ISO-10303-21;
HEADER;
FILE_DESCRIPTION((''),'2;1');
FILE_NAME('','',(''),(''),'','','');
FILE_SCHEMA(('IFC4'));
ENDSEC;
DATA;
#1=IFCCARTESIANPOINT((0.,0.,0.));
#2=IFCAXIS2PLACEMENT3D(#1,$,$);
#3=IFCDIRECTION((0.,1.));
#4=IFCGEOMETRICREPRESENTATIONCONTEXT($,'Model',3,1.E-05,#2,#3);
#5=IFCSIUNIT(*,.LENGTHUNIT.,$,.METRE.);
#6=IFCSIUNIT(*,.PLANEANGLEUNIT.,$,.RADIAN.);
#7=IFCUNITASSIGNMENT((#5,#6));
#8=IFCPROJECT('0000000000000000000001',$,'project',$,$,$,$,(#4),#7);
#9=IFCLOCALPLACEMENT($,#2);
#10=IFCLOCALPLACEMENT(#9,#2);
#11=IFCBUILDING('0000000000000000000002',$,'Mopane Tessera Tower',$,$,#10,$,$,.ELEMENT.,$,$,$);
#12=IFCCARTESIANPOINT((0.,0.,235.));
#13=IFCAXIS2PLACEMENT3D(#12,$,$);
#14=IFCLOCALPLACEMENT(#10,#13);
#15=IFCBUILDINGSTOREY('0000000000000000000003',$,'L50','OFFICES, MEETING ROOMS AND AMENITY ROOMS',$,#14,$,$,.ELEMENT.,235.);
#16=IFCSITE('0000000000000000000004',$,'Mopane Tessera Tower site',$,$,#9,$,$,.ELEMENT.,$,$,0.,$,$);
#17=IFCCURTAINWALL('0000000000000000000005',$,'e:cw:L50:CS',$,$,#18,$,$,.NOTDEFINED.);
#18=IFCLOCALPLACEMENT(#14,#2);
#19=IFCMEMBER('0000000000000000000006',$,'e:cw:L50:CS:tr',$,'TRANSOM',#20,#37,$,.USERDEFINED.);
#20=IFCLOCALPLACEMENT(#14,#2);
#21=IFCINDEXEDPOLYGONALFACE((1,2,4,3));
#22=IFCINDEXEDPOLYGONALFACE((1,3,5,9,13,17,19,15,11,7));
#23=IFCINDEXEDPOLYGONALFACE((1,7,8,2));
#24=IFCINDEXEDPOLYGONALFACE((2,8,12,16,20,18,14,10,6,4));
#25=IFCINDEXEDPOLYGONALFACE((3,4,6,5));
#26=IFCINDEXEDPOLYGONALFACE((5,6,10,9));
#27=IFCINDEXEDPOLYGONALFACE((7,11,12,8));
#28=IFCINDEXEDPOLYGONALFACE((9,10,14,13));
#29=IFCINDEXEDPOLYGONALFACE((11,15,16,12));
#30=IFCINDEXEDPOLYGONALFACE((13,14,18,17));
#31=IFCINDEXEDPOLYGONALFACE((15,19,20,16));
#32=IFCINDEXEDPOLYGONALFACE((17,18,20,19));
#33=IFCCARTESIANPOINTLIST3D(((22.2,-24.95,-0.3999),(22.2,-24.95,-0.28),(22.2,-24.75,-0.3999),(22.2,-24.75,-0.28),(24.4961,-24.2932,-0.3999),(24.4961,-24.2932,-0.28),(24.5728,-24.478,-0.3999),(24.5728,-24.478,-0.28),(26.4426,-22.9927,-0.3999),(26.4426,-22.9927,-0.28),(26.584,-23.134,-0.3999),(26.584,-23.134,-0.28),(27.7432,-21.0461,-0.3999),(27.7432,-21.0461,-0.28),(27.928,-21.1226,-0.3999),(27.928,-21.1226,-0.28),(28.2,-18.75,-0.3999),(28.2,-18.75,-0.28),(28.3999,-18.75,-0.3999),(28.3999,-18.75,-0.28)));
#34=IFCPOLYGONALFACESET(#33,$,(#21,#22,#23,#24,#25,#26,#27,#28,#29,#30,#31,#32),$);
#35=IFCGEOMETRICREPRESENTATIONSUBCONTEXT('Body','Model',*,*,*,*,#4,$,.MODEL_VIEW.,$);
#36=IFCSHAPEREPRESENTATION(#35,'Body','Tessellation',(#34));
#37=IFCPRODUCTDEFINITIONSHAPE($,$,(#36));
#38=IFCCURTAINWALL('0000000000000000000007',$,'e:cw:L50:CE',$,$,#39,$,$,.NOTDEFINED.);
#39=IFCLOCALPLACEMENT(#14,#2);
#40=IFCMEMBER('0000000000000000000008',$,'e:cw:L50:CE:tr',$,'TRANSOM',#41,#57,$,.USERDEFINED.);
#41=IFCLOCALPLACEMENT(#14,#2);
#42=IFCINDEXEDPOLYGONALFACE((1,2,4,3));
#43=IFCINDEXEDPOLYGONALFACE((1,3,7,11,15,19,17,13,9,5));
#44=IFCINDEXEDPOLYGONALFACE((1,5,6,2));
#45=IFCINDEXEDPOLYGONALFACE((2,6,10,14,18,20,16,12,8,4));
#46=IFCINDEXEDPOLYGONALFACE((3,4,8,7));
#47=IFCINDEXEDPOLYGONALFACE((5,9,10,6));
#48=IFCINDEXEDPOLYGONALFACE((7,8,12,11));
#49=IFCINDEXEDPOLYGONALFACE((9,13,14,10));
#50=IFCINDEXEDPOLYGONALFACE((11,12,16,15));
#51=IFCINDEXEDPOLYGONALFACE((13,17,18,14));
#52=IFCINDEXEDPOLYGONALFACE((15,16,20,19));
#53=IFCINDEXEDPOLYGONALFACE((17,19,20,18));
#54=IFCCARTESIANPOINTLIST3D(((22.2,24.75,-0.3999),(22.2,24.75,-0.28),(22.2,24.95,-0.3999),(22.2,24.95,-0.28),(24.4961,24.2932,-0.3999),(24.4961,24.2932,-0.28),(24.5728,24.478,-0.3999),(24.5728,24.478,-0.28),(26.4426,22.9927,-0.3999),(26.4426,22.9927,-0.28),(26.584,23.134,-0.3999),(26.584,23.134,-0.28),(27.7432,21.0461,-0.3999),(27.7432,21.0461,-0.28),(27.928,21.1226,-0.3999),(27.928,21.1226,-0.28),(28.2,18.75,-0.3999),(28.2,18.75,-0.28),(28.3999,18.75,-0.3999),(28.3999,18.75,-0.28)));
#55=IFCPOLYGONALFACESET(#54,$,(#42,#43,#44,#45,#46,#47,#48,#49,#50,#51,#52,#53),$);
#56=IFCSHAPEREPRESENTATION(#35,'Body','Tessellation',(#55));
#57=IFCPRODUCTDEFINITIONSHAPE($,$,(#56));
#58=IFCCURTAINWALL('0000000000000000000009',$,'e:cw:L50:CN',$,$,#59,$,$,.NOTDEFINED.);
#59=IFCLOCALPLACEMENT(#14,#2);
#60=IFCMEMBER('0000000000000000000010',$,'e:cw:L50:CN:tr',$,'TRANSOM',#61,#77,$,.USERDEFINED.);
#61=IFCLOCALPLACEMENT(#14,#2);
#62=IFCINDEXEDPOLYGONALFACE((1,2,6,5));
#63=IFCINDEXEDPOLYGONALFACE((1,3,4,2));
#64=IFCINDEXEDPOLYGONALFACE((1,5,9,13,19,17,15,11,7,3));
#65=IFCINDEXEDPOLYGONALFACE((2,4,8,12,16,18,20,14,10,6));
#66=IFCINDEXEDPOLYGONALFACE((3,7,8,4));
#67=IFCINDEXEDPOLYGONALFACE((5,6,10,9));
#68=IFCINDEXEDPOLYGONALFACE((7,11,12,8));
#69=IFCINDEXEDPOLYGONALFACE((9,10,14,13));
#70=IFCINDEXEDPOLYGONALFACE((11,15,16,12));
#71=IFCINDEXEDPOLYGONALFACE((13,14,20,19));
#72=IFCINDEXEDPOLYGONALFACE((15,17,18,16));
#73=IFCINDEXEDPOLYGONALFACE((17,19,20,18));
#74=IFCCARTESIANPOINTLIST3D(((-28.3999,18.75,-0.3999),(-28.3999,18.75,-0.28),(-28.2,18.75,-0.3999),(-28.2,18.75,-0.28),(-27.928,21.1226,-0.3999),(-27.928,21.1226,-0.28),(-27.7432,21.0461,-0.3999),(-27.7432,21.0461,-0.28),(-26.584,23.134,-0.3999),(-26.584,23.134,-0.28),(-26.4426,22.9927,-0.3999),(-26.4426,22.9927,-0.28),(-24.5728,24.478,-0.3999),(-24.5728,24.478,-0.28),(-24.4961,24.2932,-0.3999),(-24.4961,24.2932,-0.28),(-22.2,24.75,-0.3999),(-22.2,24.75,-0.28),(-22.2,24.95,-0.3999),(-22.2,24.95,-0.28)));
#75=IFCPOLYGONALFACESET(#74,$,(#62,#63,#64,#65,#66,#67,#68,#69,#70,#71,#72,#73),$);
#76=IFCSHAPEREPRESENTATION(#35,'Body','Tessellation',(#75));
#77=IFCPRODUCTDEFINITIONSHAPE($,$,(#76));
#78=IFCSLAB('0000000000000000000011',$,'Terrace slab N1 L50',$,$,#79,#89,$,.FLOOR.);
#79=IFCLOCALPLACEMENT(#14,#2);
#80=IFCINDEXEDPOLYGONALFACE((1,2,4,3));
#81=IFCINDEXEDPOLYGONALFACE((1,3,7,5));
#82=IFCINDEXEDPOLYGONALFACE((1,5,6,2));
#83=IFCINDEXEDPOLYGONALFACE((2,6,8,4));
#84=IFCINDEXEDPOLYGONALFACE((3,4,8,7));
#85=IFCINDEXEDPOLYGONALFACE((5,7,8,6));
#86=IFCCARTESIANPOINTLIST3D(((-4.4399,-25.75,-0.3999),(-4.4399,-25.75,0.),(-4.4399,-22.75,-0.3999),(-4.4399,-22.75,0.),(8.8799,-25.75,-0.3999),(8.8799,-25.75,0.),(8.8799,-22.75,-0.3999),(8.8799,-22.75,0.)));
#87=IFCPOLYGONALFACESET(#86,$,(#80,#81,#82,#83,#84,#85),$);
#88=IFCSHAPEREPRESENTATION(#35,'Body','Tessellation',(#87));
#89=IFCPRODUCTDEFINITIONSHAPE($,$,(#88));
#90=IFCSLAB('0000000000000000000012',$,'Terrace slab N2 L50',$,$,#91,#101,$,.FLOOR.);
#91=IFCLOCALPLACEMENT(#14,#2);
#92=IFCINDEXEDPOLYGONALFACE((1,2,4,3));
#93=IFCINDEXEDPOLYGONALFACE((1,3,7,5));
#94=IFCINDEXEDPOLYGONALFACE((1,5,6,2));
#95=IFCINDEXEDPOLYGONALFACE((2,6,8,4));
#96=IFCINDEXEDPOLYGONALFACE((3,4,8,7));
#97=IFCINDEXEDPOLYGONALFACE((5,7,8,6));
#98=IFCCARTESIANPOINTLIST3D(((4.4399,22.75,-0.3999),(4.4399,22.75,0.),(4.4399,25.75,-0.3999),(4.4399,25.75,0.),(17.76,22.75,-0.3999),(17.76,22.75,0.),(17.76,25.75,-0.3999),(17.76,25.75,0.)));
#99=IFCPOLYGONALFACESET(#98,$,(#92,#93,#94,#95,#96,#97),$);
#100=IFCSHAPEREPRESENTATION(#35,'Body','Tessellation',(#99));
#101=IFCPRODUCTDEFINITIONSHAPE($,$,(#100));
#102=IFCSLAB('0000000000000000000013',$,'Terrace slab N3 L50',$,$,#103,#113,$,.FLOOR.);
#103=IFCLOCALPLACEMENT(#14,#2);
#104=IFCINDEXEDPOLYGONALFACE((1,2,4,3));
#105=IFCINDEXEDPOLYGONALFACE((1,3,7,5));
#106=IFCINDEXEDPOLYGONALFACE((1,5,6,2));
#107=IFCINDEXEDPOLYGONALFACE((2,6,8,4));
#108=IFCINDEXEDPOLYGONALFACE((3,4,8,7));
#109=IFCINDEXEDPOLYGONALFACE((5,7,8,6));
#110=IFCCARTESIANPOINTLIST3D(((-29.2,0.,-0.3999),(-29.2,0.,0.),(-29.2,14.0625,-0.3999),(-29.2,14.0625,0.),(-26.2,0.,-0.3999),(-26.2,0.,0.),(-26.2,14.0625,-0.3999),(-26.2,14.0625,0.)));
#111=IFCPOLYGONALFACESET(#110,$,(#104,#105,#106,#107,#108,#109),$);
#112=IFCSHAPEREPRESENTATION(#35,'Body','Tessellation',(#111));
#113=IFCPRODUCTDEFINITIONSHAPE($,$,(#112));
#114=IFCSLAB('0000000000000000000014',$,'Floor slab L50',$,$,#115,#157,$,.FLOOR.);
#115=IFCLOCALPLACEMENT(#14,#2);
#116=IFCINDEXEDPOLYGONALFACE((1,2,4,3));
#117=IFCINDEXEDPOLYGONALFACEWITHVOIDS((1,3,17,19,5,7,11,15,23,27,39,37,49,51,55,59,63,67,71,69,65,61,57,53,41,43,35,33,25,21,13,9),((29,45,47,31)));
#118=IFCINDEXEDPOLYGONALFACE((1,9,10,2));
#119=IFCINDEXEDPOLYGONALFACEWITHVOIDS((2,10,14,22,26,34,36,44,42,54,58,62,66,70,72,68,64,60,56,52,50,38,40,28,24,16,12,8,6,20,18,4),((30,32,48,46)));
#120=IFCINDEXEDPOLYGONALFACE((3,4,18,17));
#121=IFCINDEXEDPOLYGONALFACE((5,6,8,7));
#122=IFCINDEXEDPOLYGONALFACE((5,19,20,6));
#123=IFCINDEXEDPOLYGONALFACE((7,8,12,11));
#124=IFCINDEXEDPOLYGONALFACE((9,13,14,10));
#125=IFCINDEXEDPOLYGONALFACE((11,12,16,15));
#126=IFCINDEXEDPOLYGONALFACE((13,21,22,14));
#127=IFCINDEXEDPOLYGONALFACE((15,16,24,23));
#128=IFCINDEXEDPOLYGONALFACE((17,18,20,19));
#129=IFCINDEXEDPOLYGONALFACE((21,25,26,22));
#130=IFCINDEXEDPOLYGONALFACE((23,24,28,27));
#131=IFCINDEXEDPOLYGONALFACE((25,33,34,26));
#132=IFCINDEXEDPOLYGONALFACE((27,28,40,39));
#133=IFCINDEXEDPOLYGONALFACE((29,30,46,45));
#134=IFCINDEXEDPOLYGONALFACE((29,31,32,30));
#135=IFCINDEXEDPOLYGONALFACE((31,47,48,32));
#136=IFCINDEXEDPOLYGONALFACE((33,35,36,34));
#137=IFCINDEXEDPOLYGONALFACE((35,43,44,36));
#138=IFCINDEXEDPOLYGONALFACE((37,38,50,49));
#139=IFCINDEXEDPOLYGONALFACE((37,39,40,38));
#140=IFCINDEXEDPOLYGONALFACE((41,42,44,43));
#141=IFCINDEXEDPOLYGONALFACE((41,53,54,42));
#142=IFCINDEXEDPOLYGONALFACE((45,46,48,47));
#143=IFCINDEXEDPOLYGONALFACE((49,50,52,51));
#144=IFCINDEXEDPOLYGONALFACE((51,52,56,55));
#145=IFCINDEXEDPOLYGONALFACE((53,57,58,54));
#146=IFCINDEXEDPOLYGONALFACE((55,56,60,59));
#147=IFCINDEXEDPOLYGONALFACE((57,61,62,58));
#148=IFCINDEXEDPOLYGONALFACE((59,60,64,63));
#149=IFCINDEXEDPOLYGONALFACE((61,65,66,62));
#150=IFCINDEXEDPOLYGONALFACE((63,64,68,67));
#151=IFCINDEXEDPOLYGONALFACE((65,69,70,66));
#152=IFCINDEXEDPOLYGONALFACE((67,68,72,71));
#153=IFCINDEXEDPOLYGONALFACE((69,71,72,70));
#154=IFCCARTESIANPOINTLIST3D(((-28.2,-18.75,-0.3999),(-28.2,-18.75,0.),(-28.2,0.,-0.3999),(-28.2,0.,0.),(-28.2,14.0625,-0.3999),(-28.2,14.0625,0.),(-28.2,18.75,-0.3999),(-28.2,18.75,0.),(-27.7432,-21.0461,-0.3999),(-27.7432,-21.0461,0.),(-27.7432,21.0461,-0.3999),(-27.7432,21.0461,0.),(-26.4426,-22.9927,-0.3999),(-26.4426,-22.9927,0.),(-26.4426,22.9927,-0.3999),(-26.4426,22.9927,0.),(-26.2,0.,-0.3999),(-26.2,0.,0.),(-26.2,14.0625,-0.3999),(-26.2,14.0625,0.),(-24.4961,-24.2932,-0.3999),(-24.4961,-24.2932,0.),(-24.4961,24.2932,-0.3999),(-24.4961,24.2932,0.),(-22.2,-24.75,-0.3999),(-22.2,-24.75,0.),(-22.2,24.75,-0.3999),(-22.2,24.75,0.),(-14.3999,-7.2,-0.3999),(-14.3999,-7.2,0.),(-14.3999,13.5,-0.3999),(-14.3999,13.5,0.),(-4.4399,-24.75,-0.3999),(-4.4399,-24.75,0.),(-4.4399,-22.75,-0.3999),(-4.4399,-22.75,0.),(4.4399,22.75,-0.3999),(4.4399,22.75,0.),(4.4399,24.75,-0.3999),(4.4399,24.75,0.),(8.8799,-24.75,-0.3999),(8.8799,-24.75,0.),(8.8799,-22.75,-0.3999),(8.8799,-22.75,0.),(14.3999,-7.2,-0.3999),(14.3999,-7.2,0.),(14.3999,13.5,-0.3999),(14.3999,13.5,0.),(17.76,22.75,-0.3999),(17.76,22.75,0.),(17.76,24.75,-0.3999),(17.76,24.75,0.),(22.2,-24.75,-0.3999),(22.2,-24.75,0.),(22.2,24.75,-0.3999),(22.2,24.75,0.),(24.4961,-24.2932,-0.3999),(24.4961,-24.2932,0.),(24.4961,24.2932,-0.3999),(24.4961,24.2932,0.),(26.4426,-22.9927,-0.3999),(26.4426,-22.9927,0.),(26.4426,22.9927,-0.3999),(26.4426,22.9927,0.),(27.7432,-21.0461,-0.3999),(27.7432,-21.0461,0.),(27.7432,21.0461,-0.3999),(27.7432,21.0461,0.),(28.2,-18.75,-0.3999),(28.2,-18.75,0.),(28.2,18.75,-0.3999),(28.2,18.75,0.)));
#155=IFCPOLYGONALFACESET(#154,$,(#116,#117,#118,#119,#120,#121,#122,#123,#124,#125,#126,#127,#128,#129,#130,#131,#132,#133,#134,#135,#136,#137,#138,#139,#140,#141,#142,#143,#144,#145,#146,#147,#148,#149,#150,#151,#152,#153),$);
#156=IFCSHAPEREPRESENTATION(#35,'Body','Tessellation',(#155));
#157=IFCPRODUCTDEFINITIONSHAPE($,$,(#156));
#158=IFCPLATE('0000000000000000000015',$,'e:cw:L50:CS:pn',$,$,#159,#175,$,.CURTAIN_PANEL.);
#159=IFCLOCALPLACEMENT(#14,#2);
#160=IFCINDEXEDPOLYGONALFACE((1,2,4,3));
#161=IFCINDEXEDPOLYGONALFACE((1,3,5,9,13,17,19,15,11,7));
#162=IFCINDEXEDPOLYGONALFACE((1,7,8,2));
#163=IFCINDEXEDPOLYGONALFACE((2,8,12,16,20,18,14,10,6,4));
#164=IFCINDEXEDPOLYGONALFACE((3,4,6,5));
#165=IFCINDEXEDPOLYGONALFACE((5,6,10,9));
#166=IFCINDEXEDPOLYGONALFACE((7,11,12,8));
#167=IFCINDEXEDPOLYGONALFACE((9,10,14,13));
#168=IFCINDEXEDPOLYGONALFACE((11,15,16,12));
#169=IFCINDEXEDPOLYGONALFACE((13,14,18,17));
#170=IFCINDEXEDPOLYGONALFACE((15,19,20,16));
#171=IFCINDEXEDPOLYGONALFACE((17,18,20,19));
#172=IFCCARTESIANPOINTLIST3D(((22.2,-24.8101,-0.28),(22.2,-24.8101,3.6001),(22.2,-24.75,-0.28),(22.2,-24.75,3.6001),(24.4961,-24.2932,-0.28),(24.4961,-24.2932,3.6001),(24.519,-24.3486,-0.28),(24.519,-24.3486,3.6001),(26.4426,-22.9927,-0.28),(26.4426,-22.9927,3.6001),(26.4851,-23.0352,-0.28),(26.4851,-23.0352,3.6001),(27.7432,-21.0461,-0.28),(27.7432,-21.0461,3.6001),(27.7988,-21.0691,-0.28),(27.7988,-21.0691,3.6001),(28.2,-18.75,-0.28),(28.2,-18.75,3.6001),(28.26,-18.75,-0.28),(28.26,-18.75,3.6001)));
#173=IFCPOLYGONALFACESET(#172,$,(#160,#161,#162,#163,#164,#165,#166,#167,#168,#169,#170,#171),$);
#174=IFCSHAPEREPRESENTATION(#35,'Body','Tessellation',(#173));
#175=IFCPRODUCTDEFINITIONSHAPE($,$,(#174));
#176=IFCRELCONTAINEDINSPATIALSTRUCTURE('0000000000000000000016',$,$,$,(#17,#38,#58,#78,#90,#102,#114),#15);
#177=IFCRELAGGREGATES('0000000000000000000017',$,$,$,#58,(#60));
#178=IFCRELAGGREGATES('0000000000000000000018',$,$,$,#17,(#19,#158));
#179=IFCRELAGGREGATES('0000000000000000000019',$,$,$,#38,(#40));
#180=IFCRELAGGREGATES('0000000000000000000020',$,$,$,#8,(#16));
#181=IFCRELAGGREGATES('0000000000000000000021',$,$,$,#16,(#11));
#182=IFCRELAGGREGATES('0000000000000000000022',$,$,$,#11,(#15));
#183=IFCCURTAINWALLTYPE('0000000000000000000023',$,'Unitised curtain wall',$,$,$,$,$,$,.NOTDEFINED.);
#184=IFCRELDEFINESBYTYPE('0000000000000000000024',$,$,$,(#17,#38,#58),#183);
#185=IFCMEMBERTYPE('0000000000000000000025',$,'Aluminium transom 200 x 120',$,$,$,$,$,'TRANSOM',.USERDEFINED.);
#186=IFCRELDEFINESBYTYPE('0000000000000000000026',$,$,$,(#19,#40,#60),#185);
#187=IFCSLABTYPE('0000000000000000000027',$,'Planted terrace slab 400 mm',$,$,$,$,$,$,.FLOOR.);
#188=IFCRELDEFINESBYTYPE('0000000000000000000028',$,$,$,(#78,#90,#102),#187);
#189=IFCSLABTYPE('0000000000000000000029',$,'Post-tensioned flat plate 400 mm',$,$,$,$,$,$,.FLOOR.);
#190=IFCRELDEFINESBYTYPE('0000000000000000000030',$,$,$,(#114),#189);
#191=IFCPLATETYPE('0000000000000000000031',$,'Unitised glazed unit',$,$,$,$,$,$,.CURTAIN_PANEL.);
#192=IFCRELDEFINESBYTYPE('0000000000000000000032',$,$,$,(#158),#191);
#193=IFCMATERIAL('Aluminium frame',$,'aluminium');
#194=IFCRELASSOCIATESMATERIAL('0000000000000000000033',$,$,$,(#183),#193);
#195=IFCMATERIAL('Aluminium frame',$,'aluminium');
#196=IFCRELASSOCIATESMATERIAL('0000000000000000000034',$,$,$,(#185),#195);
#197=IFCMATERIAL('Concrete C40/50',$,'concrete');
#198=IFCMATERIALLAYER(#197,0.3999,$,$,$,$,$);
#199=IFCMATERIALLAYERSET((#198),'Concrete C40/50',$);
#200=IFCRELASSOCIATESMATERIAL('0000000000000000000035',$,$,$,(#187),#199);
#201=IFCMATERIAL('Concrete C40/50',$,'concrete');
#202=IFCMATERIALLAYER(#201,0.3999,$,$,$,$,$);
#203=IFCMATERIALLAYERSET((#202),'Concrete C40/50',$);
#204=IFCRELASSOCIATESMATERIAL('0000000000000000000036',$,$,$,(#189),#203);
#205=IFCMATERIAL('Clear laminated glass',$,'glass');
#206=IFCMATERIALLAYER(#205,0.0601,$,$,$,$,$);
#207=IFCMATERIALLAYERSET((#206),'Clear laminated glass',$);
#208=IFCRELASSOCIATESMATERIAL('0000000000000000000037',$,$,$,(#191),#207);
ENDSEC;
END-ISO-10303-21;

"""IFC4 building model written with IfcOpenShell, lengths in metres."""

from ifc_helpers import new_model, si_unit, direction, frame, origin, origin_2d, place, context, subcontext, project, spatial, polyline, rectangle, outline, extrude, material, layer, layer_set, material_profile, profile_set, type_object, element, aggregate, save


model = new_model("IFC4")

# Units and contexts
model_context = context("Model", 3, precision=1e-05, world=origin(), true_north=direction((0.0, 1.0)))
body_context = subcontext(model_context, "Body", "Model", "MODEL_VIEW")
ifc_project = project(units=[si_unit("LENGTHUNIT", "METRE"), si_unit("PLANEANGLEUNIT", "RADIAN")], contexts=[model_context])

# Site, building, storey
site_placement = place(None, origin())
site = spatial("IfcSite", under=ifc_project, at=site_placement, Name="Mopane Tessera Tower site", CompositionType="ELEMENT", RefElevation=0.0)
building_placement = place(site_placement, origin())
building = spatial("IfcBuilding", under=site, at=building_placement, Name="Mopane Tessera Tower", CompositionType="ELEMENT")
storey_placement = place(building_placement, frame((0.0, 0.0, 235.0)))
storey = spatial("IfcBuildingStorey", under=building, at=storey_placement, Name="L50", Description="OFFICES, MEETING ROOMS AND AMENITY ROOMS", CompositionType="ELEMENT", Elevation=235.0)

# Curtain walls, members
ifc_material_1 = material(Name="Aluminium frame", Category="aluminium")
curtain_wall_type = type_object("IfcCurtainWallType", Name="Unitised curtain wall", PredefinedType="NOTDEFINED", material=ifc_material_1)
curtain_wall_1_placement = place(storey_placement, origin())
curtain_wall_1 = element("IfcCurtainWall", 1, at=curtain_wall_1_placement, inside=storey, type_object=curtain_wall_type, Name="e:cw:L50:CS", PredefinedType="NOTDEFINED")
ifc_material_2 = material(Name="Aluminium frame", Category="aluminium")
ifc_material_profile = material_profile(ifc_material_2, rectangle(XDim=0.2, YDim=0.1201, at=origin_2d()))
ifc_profile_set = profile_set([ifc_material_profile], Name="Aluminium frame")
member_type = type_object("IfcMemberType", Name="Aluminium transom 200 x 120", ElementType="TRANSOM", PredefinedType="USERDEFINED", material=ifc_profile_set)
member_1_placement = place(storey_placement, frame((0.0, 0.0, -0.3999)))
member_1 = element("IfcMember", 2, at=member_1_placement, type_object=member_type, Name="e:cw:L50:CS:tr", ObjectType="TRANSOM", PredefinedType="USERDEFINED", context=body_context, shape_type="SweptSolid", body=[
    extrude(outline(polyline([(22.2, -24.75), (24.4961, -24.2932), (26.4426, -22.9927), (27.7432, -21.0461), (28.2, -18.75), (28.3999, -18.75), (27.928, -21.1226), (26.584, -23.134), (24.5728, -24.478), (22.2, -24.95), (22.2, -24.75)])), origin(), (0.0, 0.0, 1.0), 0.1199),
])
curtain_wall_2_placement = place(storey_placement, origin())
curtain_wall_2 = element("IfcCurtainWall", 3, at=curtain_wall_2_placement, inside=storey, type_object=curtain_wall_type, Name="e:cw:L50:CE", PredefinedType="NOTDEFINED")
member_2_placement = place(storey_placement, frame((0.0, 0.0, -0.3999)))
member_2 = element("IfcMember", 4, at=member_2_placement, type_object=member_type, Name="e:cw:L50:CE:tr", ObjectType="TRANSOM", PredefinedType="USERDEFINED", context=body_context, shape_type="SweptSolid", body=[
    extrude(outline(polyline([(28.2, 18.75), (27.7432, 21.0461), (26.4426, 22.9927), (24.4961, 24.2932), (22.2, 24.75), (22.2, 24.95), (24.5728, 24.478), (26.584, 23.134), (27.928, 21.1226), (28.3999, 18.75), (28.2, 18.75)])), origin(), (0.0, 0.0, 1.0), 0.1199),
])
curtain_wall_3_placement = place(storey_placement, origin())
curtain_wall_3 = element("IfcCurtainWall", 5, at=curtain_wall_3_placement, inside=storey, type_object=curtain_wall_type, Name="e:cw:L50:CN", PredefinedType="NOTDEFINED")
member_3_placement = place(storey_placement, frame((0.0, 0.0, -0.3999)))
member_3 = element("IfcMember", 6, at=member_3_placement, type_object=member_type, Name="e:cw:L50:CN:tr", ObjectType="TRANSOM", PredefinedType="USERDEFINED", context=body_context, shape_type="SweptSolid", body=[
    extrude(outline(polyline([(-22.2, 24.75), (-24.4961, 24.2932), (-26.4426, 22.9927), (-27.7432, 21.0461), (-28.2, 18.75), (-28.3999, 18.75), (-27.928, 21.1226), (-26.584, 23.134), (-24.5728, 24.478), (-22.2, 24.95), (-22.2, 24.75)])), origin(), (0.0, 0.0, 1.0), 0.1199),
])
aggregate(curtain_wall_3, [member_3])

# Slabs
ifc_material_3 = material(Name="Concrete C40/50", Category="concrete")
ifc_layer_1 = layer(ifc_material_3, 0.3999)
ifc_layer_set_1 = layer_set([ifc_layer_1], Name="Concrete C40/50")
slab_type_1 = type_object("IfcSlabType", Name="Planted terrace slab 400 mm", PredefinedType="FLOOR", material=ifc_layer_set_1)
slab_1_placement = place(storey_placement, frame((0.0, 0.0, -0.3999)))
element("IfcSlab", 7, at=slab_1_placement, inside=storey, type_object=slab_type_1, Name="Terrace slab N1 L50", PredefinedType="FLOOR", context=body_context, shape_type="SweptSolid", body=[
    extrude(outline(polyline([(8.8799, -25.75), (8.8799, -22.75), (-4.4399, -22.75), (-4.4399, -25.75), (8.8799, -25.75)])), origin(), (0.0, 0.0, 1.0), 0.3999),
])
slab_2_placement = place(storey_placement, frame((0.0, 0.0, -0.3999)))
element("IfcSlab", 8, at=slab_2_placement, inside=storey, type_object=slab_type_1, Name="Terrace slab N2 L50", PredefinedType="FLOOR", context=body_context, shape_type="SweptSolid", body=[
    extrude(outline(polyline([(4.4399, 25.75), (4.4399, 22.75), (17.76, 22.75), (17.76, 25.75), (4.4399, 25.75)])), origin(), (0.0, 0.0, 1.0), 0.3999),
])
slab_3_placement = place(storey_placement, frame((0.0, 0.0, -0.3999)))
element("IfcSlab", 9, at=slab_3_placement, inside=storey, type_object=slab_type_1, Name="Terrace slab N3 L50", PredefinedType="FLOOR", context=body_context, shape_type="SweptSolid", body=[
    extrude(outline(polyline([(-29.2, 0.0), (-26.2, 0.0), (-26.2, 14.0625), (-29.2, 14.0625), (-29.2, 0.0)])), origin(), (0.0, 0.0, 1.0), 0.3999),
])
ifc_material_4 = material(Name="Concrete C40/50", Category="concrete")
ifc_layer_2 = layer(ifc_material_4, 0.3999)
ifc_layer_set_2 = layer_set([ifc_layer_2], Name="Concrete C40/50")
slab_type_2 = type_object("IfcSlabType", Name="Post-tensioned flat plate 400 mm", PredefinedType="FLOOR", material=ifc_layer_set_2)
slab_4_placement = place(storey_placement, frame((0.0, 0.0, -0.3999)))
element("IfcSlab", 10, at=slab_4_placement, inside=storey, type_object=slab_type_2, Name="Floor slab L50", PredefinedType="FLOOR", context=body_context, shape_type="SweptSolid", body=[
    extrude(outline(polyline([(-22.2, -24.75), (-4.4399, -24.75), (-4.4399, -22.75), (8.8799, -22.75), (8.8799, -24.75), (22.2, -24.75), (24.4961, -24.2932), (26.4426, -22.9927), (27.7432, -21.0461), (28.2, -18.75), (28.2, 18.75), (27.7432, 21.0461), (26.4426, 22.9927), (24.4961, 24.2932), (22.2, 24.75), (17.76, 24.75), (17.76, 22.75), (4.4399, 22.75), (4.4399, 24.75), (-22.2, 24.75), (-24.4961, 24.2932), (-26.4426, 22.9927), (-27.7432, 21.0461), (-28.2, 18.75), (-28.2, 14.0625), (-26.2, 14.0625), (-26.2, 0.0), (-28.2, 0.0), (-28.2, -18.75), (-27.7432, -21.0461), (-26.4426, -22.9927), (-24.4961, -24.2932), (-22.2, -24.75)]), holes=[polyline([(14.3999, -7.2), (-14.3999, -7.2), (-14.3999, 13.5), (14.3999, 13.5), (14.3999, -7.2)])]), origin(), (0.0, 0.0, 1.0), 0.3999),
])

# Plate
ifc_material_5 = material(Name="Clear laminated glass", Category="glass")
ifc_layer_3 = layer(ifc_material_5, 0.0601)
ifc_layer_set_3 = layer_set([ifc_layer_3], Name="Clear laminated glass")
plate_type = type_object("IfcPlateType", Name="Unitised glazed unit", PredefinedType="CURTAIN_PANEL", material=ifc_layer_set_3)
plate_1_placement = place(storey_placement, frame((0.0, 0.0, -0.28)))
plate_1 = element("IfcPlate", 11, at=plate_1_placement, type_object=plate_type, Name="e:cw:L50:CS:pn", PredefinedType="CURTAIN_PANEL", context=body_context, shape_type="SweptSolid", body=[
    extrude(outline(polyline([(22.2, -24.75), (24.4961, -24.2932), (26.4426, -22.9927), (27.7432, -21.0461), (28.2, -18.75), (28.26, -18.75), (27.7988, -21.0691), (26.4851, -23.0352), (24.519, -24.3486), (22.2, -24.8101), (22.2, -24.75)])), origin(), (0.0, 0.0, 1.0), 3.8801),
])
aggregate(curtain_wall_1, [member_1, plate_1])
aggregate(curtain_wall_2, [member_2])

save(model, "model.ifc")
